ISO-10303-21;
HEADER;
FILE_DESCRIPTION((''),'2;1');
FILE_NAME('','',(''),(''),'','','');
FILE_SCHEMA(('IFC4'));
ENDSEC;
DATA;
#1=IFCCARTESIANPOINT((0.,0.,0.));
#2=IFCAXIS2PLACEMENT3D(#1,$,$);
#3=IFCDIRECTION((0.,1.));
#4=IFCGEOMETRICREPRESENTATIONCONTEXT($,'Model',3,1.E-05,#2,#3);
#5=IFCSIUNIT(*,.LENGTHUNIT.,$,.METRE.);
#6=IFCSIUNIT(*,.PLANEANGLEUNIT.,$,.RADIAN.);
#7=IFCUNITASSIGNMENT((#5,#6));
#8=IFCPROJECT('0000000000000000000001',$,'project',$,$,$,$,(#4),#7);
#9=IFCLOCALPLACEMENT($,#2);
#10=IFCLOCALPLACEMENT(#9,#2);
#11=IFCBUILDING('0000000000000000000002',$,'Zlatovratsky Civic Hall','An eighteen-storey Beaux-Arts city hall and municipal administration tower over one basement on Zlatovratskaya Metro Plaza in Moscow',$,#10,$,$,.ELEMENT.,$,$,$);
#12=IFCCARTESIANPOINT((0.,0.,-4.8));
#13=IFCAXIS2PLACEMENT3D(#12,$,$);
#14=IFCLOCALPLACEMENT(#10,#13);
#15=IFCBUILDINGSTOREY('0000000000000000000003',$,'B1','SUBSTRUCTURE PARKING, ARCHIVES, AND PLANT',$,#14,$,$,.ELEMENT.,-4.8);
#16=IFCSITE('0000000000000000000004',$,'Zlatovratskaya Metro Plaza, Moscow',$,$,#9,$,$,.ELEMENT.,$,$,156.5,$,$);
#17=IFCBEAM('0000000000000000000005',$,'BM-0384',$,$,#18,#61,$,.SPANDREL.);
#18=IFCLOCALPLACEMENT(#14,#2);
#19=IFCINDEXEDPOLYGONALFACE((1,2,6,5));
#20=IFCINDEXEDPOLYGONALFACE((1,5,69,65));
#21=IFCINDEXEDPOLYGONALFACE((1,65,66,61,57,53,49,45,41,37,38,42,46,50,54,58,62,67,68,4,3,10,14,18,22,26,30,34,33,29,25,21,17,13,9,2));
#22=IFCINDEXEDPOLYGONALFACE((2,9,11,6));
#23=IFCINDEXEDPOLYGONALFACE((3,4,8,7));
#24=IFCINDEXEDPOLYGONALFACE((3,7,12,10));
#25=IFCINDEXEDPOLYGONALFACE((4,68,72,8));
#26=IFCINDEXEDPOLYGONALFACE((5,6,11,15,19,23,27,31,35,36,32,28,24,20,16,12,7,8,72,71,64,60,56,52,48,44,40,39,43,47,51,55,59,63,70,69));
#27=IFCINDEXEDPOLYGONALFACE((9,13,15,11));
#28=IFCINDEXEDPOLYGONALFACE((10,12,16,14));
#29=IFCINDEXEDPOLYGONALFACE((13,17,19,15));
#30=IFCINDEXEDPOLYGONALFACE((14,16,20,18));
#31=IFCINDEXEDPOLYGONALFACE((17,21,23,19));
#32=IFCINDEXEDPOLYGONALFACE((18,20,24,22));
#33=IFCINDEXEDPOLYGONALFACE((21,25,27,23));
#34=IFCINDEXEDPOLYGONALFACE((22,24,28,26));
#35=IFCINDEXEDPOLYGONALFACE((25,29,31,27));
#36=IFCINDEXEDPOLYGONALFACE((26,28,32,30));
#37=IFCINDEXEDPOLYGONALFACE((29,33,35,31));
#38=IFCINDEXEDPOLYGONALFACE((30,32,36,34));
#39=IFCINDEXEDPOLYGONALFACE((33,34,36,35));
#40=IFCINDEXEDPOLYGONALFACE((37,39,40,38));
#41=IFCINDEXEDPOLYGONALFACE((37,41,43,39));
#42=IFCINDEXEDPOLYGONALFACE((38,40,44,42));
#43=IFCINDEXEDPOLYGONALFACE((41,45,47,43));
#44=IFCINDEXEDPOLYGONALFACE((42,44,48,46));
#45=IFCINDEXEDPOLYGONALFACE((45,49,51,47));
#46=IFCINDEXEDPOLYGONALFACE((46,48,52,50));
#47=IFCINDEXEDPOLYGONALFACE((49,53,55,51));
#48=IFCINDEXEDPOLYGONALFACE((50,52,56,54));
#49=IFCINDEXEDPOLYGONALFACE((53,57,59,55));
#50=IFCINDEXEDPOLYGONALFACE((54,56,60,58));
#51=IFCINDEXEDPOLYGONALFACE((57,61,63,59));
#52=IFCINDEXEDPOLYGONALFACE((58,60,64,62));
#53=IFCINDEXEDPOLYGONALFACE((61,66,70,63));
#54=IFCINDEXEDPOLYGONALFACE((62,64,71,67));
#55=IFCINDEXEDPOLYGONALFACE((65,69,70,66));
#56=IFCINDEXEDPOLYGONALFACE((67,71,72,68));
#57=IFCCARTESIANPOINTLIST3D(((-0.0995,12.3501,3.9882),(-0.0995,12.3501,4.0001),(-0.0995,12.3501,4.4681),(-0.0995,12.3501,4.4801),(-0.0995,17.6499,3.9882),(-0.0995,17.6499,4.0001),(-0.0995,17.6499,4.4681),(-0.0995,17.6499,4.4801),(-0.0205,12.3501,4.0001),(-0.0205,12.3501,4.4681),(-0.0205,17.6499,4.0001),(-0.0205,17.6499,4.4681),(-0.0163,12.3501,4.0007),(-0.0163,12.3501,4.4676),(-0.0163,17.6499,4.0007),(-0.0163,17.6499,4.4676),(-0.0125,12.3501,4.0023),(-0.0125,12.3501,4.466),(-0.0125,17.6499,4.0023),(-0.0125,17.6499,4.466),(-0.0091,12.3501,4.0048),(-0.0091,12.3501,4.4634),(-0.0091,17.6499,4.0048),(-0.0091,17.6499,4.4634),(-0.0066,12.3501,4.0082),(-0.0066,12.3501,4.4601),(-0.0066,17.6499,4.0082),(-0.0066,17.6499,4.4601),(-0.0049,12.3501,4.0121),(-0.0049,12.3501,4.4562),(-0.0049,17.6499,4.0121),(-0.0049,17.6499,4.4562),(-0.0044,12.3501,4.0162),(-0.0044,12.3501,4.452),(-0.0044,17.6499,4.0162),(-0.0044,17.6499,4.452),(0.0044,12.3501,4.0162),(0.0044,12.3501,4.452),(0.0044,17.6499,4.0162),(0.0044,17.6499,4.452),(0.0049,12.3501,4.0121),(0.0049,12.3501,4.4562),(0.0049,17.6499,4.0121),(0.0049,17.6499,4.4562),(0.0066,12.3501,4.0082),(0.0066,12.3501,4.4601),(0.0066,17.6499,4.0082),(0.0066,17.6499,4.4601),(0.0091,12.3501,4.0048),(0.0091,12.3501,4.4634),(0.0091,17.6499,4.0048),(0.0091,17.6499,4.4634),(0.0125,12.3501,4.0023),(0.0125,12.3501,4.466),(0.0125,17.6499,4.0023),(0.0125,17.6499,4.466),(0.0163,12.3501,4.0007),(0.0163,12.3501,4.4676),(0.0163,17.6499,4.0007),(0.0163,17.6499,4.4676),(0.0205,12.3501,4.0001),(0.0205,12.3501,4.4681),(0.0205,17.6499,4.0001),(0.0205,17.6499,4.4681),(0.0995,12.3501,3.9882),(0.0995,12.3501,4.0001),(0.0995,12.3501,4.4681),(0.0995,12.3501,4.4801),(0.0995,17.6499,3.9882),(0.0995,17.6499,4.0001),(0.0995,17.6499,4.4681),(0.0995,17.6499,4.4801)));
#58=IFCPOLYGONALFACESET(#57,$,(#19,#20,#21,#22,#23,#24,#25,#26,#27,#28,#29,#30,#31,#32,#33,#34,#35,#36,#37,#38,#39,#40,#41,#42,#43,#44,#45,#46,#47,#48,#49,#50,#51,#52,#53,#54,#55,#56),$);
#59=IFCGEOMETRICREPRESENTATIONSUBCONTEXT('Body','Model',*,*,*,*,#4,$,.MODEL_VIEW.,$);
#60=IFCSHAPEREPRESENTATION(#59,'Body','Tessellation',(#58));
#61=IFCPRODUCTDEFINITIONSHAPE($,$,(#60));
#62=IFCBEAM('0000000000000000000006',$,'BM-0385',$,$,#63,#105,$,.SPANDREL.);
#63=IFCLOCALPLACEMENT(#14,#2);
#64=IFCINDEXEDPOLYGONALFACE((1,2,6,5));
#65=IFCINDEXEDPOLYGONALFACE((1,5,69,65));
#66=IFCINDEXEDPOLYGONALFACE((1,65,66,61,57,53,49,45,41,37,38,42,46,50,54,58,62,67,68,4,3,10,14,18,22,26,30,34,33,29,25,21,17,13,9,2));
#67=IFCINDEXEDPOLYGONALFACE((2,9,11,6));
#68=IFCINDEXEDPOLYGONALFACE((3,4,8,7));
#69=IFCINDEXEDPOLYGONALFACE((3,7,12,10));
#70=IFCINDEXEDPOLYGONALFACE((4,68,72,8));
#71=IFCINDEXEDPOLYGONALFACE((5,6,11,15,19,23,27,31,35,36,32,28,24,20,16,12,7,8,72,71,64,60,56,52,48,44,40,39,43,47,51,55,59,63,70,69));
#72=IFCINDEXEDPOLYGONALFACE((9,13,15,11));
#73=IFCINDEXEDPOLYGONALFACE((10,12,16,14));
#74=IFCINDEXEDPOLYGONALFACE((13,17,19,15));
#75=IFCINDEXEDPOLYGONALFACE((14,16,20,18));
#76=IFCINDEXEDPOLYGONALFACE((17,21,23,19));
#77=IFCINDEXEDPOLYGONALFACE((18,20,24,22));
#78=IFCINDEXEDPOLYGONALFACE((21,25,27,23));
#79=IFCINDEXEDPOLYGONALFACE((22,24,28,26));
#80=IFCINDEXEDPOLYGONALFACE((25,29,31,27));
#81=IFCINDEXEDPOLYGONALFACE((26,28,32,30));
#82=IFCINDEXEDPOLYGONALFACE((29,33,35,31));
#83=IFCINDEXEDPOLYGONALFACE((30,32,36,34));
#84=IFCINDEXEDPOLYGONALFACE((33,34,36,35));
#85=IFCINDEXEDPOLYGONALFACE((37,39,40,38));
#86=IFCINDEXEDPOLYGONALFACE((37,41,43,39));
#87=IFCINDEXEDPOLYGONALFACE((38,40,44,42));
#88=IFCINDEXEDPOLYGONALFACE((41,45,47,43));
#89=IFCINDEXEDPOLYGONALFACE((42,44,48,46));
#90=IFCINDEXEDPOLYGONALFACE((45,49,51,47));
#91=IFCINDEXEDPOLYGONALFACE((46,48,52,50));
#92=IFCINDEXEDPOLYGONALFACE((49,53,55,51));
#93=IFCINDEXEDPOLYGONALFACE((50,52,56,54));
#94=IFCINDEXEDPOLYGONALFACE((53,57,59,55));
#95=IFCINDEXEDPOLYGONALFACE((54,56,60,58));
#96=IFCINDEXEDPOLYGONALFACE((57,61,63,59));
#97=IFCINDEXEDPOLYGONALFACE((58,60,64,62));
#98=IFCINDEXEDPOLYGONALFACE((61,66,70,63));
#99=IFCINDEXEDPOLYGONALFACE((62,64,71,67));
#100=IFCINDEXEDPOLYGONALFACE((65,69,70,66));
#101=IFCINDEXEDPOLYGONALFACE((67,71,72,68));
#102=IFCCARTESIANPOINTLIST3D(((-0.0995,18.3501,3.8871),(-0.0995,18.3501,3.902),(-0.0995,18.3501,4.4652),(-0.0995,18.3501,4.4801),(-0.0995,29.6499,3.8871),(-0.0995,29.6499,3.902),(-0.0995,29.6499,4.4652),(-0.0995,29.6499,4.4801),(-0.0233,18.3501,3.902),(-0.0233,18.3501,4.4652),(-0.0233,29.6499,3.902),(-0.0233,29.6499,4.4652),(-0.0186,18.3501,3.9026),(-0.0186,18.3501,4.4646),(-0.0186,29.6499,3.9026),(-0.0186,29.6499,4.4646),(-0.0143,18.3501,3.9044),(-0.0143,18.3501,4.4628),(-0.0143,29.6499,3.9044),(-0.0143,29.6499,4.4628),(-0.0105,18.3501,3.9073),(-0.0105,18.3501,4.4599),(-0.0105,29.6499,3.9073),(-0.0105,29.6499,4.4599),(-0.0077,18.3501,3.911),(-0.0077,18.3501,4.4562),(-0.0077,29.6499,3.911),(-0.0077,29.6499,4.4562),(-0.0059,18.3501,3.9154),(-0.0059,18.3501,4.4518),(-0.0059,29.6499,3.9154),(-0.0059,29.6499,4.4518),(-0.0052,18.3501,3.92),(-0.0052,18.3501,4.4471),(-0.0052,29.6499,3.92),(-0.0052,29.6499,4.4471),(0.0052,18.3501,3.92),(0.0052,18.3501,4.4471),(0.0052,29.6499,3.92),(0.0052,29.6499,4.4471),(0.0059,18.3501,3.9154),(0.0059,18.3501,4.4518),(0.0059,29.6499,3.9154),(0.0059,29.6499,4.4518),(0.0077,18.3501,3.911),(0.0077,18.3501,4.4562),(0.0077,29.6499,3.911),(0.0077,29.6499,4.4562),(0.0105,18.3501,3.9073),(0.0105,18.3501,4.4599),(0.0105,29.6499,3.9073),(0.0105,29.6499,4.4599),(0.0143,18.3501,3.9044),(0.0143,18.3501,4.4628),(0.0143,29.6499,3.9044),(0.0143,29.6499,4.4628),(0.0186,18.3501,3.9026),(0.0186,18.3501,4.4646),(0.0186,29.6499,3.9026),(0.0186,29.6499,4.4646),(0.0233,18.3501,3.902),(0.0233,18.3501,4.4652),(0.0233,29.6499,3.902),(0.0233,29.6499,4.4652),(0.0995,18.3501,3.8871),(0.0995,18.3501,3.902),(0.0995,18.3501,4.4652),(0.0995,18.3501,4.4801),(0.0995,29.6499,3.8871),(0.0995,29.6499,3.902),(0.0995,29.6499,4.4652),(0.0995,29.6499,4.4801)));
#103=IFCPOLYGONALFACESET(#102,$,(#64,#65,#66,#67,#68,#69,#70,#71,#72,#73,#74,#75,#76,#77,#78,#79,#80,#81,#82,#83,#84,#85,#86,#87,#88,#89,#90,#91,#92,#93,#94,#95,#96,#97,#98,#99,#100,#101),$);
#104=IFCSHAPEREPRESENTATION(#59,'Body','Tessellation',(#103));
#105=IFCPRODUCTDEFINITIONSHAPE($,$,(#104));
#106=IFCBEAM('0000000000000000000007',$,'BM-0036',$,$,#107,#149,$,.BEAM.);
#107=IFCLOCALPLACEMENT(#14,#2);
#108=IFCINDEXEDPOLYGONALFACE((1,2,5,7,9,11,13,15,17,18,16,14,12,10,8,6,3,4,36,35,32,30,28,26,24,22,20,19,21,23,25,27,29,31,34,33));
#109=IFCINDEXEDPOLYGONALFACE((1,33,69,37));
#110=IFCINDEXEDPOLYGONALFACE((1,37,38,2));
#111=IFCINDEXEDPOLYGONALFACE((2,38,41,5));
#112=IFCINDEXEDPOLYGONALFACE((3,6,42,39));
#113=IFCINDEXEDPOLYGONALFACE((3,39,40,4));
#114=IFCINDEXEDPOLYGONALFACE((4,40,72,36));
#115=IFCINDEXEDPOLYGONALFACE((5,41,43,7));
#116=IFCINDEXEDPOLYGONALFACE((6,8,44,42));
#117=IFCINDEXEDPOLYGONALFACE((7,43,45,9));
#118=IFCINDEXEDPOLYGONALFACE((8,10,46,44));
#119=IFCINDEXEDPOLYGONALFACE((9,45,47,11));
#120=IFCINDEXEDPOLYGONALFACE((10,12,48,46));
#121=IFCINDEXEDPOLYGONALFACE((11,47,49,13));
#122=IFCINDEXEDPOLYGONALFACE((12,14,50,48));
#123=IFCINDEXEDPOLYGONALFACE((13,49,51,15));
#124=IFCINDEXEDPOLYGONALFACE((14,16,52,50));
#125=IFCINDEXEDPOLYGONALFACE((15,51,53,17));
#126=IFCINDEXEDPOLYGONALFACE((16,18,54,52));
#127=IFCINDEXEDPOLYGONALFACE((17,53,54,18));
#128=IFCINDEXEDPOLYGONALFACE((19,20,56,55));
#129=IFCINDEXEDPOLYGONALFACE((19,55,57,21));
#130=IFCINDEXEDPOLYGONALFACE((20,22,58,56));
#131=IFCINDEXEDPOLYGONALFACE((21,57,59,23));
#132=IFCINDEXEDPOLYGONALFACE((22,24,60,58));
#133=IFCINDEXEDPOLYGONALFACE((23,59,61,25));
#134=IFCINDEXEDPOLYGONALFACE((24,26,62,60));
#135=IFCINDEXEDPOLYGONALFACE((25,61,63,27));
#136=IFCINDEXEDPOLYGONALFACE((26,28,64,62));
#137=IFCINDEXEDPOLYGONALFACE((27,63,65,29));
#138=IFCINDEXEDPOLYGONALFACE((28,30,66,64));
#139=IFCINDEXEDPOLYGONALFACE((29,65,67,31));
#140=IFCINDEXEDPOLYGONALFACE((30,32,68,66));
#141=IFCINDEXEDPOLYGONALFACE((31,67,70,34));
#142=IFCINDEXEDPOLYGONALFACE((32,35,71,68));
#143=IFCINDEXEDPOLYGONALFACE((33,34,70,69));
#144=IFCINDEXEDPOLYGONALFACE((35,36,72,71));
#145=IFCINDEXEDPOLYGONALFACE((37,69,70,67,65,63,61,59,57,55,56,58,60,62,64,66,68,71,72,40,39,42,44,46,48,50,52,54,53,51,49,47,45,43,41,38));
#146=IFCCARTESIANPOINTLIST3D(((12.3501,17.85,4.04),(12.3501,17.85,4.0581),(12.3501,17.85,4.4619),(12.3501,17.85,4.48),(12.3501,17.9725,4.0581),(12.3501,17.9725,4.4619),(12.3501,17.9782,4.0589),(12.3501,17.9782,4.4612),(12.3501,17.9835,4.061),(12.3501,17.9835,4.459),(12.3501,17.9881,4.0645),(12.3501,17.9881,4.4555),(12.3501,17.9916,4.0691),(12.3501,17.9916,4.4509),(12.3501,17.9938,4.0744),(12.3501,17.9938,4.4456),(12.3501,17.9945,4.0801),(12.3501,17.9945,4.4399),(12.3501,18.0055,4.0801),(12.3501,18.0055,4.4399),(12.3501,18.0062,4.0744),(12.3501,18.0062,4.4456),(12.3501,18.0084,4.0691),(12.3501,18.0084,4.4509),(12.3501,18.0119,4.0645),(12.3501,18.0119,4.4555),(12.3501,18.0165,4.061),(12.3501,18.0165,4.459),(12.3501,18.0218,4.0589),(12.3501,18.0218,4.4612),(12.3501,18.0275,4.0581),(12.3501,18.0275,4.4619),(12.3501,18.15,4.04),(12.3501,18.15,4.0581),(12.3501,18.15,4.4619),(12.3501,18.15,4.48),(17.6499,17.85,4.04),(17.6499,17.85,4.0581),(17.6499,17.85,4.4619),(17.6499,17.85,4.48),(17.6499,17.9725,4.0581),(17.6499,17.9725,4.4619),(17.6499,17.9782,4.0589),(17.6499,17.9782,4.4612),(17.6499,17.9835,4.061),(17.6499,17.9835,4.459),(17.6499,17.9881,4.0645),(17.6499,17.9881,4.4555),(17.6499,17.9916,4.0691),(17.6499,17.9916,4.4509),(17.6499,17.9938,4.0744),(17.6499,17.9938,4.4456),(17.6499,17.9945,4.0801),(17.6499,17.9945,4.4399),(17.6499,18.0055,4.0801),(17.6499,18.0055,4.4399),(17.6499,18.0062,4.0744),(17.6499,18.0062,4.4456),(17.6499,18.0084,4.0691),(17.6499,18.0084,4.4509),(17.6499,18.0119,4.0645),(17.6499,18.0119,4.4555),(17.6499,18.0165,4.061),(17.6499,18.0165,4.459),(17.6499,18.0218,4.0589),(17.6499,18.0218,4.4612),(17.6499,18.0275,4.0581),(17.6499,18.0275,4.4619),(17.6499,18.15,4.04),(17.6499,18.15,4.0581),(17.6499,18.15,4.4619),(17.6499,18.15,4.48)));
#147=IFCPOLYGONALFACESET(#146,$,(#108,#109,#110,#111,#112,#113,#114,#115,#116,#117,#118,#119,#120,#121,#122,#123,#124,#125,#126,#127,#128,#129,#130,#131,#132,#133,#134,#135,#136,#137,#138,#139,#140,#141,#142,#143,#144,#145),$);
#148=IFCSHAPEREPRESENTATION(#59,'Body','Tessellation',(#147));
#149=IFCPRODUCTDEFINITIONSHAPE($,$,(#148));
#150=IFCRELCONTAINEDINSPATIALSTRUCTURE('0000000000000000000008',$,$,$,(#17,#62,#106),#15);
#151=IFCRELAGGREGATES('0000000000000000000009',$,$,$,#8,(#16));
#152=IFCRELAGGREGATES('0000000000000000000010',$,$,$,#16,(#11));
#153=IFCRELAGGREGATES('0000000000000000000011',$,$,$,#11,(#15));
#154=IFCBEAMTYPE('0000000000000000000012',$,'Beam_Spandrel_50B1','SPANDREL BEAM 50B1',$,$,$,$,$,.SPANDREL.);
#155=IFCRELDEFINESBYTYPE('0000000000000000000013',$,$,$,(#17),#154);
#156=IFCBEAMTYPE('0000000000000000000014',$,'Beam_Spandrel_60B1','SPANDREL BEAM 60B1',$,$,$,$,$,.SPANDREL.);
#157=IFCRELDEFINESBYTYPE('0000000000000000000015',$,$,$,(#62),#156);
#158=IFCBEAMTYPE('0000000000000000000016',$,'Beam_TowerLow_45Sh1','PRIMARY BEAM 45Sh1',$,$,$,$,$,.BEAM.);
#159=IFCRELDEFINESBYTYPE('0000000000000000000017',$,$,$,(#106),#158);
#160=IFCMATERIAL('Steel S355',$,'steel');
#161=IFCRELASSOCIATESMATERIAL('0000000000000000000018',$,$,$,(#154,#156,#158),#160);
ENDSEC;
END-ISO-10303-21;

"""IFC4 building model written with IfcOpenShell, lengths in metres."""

from ifc_helpers import new_model, si_unit, direction, frame, origin, origin_2d, place, context, subcontext, project, spatial, i_section, extrude, material, material_profile, profile_set, type_object, element, save


model = new_model("IFC4")

# Units and contexts
model_context = context("Model", 3, precision=1e-05, world=origin(), true_north=direction((0.0, 1.0)))
body_context = subcontext(model_context, "Body", "Model", "MODEL_VIEW")
ifc_project = project(units=[si_unit("LENGTHUNIT", "METRE"), si_unit("PLANEANGLEUNIT", "RADIAN")], contexts=[model_context])

# Site, building, storey
site_placement = place(None, origin())
site = spatial("IfcSite", under=ifc_project, at=site_placement, Name="Zlatovratskaya Metro Plaza, Moscow", CompositionType="ELEMENT", RefElevation=156.5)
building_placement = place(site_placement, origin())
building = spatial("IfcBuilding", under=site, at=building_placement, Name="Zlatovratsky Civic Hall", Description="An eighteen-storey Beaux-Arts city hall and municipal administration tower over one basement on Zlatovratskaya Metro Plaza in Moscow", CompositionType="ELEMENT")
storey_placement = place(building_placement, frame((0.0, 0.0, -4.8)))
storey = spatial("IfcBuildingStorey", under=building, at=storey_placement, Name="B1", Description="SUBSTRUCTURE PARKING, ARCHIVES, AND PLANT", CompositionType="ELEMENT", Elevation=-4.8)

# Beams
ifc_material_1 = material(Name="Steel S355", Category="steel")
ifc_material_profile_1 = material_profile(ifc_material_1, i_section(OverallWidth=0.199, OverallDepth=0.4919, WebThickness=0.0088, FlangeThickness=0.012, FilletRadius=0.0161, at=origin_2d()), Name="50B1")
ifc_profile_set_1 = profile_set([ifc_material_profile_1], Name="Steel S355")
beam_type_1 = type_object("IfcBeamType", Name="Beam_Spandrel_50B1", Description="SPANDREL BEAM 50B1", PredefinedType="SPANDREL", material=ifc_profile_set_1)
beam_1_placement = place(storey_placement, frame((0.0, 12.3501, 4.2341), z_axis=(0.0, 1.0, 0.0), x_axis=(-1.0, 0.0, 0.0)))
element("IfcBeam", 1, at=beam_1_placement, inside=storey, type_object=beam_type_1, Name="BM-0384", PredefinedType="SPANDREL", context=body_context, shape_type="SweptSolid", body=[
    extrude(i_section(OverallWidth=0.199, OverallDepth=0.4919, WebThickness=0.0088, FlangeThickness=0.012, FilletRadius=0.0161, at=origin_2d()), origin(), (0.0, 0.0, 1.0), 5.2998),
])
ifc_material_profile_2 = material_profile(ifc_material_1, i_section(OverallWidth=0.199, OverallDepth=0.593, WebThickness=0.0105, FlangeThickness=0.0149, FilletRadius=0.0181, at=origin_2d()), Name="60B1")
ifc_profile_set_2 = profile_set([ifc_material_profile_2], Name="Steel S355")
beam_type_2 = type_object("IfcBeamType", Name="Beam_Spandrel_60B1", Description="SPANDREL BEAM 60B1", PredefinedType="SPANDREL", material=ifc_profile_set_2)
beam_2_placement = place(storey_placement, frame((0.0, 18.3501, 4.1836), z_axis=(0.0, 1.0, 0.0), x_axis=(-1.0, 0.0, 0.0)))
element("IfcBeam", 2, at=beam_2_placement, inside=storey, type_object=beam_type_2, Name="BM-0385", PredefinedType="SPANDREL", context=body_context, shape_type="SweptSolid", body=[
    extrude(i_section(OverallWidth=0.199, OverallDepth=0.593, WebThickness=0.0105, FlangeThickness=0.0149, FilletRadius=0.0181, at=origin_2d()), origin(), (0.0, 0.0, 1.0), 11.2998),
])
ifc_material_profile_3 = material_profile(ifc_material_1, i_section(OverallWidth=0.3, OverallDepth=0.4399, WebThickness=0.011, FlangeThickness=0.0181, FilletRadius=0.022, at=origin_2d()), Name="45Sh1")
ifc_profile_set_3 = profile_set([ifc_material_profile_3], Name="Steel S355")
beam_type_3 = type_object("IfcBeamType", Name="Beam_TowerLow_45Sh1", Description="PRIMARY BEAM 45Sh1", PredefinedType="BEAM", material=ifc_profile_set_3)
beam_3_placement = place(storey_placement, frame((12.3501, 18.0, 4.26), z_axis=(1.0, 0.0, 0.0), x_axis=(0.0, 1.0, 0.0)))
element("IfcBeam", 3, at=beam_3_placement, inside=storey, type_object=beam_type_3, Name="BM-0036", PredefinedType="BEAM", context=body_context, shape_type="SweptSolid", body=[
    extrude(i_section(OverallWidth=0.3, OverallDepth=0.4399, WebThickness=0.011, FlangeThickness=0.0181, FilletRadius=0.022, at=origin_2d()), origin(), (0.0, 0.0, 1.0), 5.2998),
])

save(model, "model.ifc")
